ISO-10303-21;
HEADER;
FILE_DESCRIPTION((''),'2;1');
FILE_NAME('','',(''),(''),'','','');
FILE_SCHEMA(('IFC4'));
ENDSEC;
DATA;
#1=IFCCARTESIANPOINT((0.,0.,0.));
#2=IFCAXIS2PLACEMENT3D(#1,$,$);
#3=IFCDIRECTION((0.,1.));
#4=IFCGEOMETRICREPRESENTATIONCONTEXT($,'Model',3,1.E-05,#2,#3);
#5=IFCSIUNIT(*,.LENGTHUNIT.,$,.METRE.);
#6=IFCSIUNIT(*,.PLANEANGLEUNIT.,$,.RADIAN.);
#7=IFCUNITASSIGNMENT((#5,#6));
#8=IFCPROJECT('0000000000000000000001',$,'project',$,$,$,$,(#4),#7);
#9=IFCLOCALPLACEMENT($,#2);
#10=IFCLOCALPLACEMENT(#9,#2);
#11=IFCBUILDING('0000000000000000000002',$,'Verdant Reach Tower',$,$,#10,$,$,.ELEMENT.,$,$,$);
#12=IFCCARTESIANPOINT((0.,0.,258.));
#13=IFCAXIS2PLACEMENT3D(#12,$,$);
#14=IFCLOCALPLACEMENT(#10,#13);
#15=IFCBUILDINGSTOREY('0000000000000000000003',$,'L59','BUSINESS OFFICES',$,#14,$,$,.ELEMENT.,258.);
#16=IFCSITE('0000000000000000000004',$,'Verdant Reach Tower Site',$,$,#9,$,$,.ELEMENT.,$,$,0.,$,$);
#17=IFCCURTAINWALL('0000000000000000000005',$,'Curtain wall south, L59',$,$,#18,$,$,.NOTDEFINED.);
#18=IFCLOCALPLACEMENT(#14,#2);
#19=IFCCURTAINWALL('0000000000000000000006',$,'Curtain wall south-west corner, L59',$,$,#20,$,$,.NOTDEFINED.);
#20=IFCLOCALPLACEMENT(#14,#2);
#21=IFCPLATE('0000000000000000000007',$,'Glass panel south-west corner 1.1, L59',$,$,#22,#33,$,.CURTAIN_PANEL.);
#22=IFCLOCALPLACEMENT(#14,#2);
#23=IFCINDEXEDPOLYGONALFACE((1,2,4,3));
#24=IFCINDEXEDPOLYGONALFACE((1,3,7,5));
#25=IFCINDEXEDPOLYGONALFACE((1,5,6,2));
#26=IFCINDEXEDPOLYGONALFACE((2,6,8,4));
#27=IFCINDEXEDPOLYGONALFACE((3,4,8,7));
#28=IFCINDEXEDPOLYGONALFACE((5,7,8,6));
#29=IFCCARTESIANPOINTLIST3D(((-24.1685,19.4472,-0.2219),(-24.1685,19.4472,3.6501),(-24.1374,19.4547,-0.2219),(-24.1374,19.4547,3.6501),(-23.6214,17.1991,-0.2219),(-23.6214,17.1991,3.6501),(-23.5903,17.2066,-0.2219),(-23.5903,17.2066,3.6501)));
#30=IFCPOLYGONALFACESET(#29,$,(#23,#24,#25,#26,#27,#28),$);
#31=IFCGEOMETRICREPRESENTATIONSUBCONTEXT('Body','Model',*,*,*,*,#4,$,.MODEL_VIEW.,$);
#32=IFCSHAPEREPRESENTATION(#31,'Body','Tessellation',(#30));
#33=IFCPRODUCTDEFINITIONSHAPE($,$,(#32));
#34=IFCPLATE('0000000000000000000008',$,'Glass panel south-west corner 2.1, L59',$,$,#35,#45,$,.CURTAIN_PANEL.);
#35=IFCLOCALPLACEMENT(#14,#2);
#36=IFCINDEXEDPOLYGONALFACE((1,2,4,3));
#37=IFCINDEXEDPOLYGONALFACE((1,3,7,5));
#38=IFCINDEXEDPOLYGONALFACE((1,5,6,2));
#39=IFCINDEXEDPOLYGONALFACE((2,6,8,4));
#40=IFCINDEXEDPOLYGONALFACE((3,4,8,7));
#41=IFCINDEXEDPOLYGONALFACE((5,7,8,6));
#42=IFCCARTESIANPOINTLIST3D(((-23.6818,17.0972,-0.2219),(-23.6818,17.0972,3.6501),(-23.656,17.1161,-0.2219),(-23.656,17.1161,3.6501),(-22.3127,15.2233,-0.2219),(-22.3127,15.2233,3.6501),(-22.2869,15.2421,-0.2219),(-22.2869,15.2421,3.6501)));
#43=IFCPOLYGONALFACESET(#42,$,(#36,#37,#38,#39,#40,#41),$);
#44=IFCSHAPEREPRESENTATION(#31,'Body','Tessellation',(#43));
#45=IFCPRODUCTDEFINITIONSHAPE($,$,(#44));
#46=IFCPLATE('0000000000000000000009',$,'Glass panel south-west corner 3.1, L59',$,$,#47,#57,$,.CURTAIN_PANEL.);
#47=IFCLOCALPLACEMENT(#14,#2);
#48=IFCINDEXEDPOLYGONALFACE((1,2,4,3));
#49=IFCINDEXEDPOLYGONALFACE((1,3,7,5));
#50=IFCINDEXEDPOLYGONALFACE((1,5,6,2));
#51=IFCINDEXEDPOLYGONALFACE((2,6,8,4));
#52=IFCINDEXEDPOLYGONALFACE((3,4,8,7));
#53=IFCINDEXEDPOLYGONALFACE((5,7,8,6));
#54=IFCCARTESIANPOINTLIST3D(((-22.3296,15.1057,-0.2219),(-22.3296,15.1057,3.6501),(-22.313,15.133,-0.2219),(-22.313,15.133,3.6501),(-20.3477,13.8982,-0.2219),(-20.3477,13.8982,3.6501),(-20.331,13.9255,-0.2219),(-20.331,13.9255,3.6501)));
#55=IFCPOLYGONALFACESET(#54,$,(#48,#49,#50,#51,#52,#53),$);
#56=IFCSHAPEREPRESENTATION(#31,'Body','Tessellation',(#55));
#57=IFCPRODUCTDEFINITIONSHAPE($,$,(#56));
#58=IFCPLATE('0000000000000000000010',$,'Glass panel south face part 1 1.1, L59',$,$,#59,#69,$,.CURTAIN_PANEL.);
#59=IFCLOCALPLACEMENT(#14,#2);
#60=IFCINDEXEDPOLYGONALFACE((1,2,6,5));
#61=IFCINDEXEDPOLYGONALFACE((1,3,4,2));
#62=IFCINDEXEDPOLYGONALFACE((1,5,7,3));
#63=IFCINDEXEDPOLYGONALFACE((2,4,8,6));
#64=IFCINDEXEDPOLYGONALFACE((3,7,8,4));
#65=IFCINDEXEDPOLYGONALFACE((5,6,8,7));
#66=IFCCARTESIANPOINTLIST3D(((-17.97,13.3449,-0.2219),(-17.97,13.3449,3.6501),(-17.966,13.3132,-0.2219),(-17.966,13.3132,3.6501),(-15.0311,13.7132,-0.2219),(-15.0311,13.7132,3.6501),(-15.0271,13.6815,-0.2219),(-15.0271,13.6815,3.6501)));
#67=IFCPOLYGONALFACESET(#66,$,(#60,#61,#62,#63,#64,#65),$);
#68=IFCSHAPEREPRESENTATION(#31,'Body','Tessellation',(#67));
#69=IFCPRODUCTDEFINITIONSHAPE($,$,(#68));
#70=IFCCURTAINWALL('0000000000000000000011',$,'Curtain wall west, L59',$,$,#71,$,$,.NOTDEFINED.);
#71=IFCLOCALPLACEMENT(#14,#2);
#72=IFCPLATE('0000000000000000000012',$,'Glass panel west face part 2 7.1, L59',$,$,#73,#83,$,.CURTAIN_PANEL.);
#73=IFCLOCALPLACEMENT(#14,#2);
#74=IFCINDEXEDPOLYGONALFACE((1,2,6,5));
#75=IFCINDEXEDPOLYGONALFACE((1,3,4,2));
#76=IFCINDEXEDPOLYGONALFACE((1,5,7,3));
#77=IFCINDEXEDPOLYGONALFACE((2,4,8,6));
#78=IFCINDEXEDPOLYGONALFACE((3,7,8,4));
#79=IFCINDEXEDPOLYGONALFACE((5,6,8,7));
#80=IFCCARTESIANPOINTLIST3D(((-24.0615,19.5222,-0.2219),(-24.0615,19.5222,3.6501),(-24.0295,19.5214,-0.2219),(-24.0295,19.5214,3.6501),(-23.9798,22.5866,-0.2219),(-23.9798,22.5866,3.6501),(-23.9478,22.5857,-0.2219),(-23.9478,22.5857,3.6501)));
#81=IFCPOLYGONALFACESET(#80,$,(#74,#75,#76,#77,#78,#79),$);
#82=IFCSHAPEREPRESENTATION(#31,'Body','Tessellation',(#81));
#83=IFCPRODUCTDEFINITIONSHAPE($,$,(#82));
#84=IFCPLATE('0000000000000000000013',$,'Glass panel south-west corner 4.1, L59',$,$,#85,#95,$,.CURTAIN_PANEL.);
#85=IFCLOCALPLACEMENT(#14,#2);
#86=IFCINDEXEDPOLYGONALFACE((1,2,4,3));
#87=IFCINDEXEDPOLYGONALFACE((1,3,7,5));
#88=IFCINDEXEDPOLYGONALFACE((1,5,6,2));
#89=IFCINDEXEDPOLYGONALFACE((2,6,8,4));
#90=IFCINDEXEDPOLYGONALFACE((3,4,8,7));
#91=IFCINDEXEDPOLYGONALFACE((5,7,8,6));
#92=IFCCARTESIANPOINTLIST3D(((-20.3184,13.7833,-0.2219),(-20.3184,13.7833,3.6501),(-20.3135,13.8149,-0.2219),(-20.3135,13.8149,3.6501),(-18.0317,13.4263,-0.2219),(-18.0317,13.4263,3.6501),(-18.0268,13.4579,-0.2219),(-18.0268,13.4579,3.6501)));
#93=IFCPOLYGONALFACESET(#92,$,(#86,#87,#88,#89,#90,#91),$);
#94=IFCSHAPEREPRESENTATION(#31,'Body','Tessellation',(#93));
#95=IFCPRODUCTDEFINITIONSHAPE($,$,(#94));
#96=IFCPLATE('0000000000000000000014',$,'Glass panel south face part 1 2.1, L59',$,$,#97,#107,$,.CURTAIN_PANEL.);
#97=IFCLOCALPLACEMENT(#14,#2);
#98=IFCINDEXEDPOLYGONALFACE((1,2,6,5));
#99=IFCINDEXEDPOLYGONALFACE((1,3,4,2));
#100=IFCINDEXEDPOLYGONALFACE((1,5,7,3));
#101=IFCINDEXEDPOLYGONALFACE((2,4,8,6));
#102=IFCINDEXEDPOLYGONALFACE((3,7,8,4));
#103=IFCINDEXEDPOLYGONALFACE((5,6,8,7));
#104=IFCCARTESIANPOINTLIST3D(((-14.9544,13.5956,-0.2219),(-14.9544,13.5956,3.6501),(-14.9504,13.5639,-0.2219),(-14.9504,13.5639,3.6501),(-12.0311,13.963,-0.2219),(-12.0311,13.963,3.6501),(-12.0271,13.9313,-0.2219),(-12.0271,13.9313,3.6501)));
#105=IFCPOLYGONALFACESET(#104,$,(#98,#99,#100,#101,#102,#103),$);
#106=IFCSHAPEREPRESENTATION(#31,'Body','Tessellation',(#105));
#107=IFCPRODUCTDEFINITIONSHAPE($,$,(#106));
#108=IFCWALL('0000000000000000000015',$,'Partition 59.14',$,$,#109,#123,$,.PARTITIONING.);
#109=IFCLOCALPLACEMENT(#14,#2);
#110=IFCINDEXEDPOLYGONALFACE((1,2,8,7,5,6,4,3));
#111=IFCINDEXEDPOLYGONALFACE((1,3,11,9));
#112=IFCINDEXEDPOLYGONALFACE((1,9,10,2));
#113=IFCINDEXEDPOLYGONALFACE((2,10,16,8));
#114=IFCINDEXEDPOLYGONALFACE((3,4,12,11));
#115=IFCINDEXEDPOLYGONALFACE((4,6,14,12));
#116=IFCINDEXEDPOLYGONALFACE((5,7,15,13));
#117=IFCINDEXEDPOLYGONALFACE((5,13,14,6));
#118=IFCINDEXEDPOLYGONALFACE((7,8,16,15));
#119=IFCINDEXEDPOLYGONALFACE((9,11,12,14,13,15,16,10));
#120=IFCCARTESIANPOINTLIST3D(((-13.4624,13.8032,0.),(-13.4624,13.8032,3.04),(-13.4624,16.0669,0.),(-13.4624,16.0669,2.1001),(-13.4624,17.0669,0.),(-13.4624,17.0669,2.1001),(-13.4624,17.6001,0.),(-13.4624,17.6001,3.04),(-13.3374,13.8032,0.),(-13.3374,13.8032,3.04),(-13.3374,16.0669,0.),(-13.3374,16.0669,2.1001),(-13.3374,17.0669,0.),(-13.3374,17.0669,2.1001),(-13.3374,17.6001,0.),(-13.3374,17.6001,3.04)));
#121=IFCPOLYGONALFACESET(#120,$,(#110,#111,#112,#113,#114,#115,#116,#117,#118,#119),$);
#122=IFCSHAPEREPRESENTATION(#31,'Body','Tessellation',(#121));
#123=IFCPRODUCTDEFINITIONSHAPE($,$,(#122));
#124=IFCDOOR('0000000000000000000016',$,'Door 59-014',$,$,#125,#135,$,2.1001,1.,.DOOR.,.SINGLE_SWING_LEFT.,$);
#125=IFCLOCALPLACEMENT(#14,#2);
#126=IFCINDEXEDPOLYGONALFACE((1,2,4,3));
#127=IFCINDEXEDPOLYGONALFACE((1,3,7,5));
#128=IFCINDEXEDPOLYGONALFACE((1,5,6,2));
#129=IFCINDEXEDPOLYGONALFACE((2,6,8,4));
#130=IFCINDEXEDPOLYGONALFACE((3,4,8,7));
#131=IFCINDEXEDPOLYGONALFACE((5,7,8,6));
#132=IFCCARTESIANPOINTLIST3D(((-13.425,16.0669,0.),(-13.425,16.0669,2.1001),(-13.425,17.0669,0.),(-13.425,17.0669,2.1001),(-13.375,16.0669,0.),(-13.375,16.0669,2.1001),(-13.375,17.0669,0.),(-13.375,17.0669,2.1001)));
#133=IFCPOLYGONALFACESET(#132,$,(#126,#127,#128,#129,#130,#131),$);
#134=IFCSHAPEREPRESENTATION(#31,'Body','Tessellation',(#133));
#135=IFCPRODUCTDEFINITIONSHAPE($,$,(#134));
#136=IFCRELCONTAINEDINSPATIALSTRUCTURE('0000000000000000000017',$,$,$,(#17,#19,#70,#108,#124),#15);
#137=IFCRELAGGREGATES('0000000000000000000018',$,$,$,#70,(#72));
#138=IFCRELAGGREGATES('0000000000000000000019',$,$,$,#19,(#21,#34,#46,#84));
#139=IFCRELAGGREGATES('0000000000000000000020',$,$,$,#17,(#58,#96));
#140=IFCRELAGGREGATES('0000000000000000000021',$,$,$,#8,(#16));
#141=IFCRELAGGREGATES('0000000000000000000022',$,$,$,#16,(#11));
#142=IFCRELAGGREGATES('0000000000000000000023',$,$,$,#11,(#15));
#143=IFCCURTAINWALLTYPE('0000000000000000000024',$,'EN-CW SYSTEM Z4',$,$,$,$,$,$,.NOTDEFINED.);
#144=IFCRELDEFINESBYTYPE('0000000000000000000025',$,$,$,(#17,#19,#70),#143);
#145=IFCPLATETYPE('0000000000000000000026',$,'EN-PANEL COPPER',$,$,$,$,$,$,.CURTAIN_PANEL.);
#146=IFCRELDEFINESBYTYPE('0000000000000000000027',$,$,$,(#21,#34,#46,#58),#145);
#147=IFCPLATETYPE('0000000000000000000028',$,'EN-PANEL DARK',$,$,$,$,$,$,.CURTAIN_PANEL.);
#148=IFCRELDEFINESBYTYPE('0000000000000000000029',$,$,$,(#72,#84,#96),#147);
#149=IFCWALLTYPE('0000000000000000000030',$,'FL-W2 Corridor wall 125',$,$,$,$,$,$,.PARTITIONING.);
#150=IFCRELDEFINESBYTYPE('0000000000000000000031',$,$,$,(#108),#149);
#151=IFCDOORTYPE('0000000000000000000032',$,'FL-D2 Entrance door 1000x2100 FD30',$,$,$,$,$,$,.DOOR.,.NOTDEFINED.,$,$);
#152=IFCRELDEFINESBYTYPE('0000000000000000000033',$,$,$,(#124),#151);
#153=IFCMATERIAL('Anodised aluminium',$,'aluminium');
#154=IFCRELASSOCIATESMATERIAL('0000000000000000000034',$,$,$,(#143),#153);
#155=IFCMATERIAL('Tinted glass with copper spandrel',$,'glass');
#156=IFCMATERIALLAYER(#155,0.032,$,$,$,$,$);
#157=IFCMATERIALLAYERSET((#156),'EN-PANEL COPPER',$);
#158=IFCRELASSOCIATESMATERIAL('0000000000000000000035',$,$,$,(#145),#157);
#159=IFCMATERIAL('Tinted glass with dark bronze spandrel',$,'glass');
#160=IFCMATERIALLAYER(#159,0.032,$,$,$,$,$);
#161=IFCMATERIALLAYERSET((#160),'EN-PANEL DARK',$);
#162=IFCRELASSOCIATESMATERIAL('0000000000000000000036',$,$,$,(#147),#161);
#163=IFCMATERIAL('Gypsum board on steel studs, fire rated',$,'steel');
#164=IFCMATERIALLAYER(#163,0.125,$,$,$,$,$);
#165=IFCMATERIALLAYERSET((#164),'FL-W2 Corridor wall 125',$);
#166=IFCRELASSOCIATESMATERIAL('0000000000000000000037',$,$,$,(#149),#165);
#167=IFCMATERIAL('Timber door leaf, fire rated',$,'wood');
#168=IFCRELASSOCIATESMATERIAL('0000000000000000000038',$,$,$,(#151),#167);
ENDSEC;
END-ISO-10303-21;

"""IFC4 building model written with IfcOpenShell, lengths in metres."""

from ifc_helpers import new_model, si_unit, direction, frame, frame_2d, origin, origin_2d, place, context, subcontext, project, spatial, rectangle, extrude, material, layer, layer_set, type_object, element, fill, aggregate, save


model = new_model("IFC4")

# Units and contexts
model_context = context("Model", 3, precision=1e-05, world=origin(), true_north=direction((0.0, 1.0)))
body_context = subcontext(model_context, "Body", "Model", "MODEL_VIEW")
ifc_project = project(units=[si_unit("LENGTHUNIT", "METRE"), si_unit("PLANEANGLEUNIT", "RADIAN")], contexts=[model_context])

# Site, building, storey
site_placement = place(None, origin())
site = spatial("IfcSite", under=ifc_project, at=site_placement, Name="Verdant Reach Tower Site", CompositionType="ELEMENT", RefElevation=0.0)
building_placement = place(site_placement, origin())
building = spatial("IfcBuilding", under=site, at=building_placement, Name="Verdant Reach Tower", CompositionType="ELEMENT")
storey_placement = place(building_placement, frame((0.0, 0.0, 258.0)))
storey = spatial("IfcBuildingStorey", under=building, at=storey_placement, Name="L59", Description="BUSINESS OFFICES", CompositionType="ELEMENT", Elevation=258.0)

# Curtain wall
ifc_material_1 = material(Name="Anodised aluminium", Category="aluminium")
curtain_wall_type = type_object("IfcCurtainWallType", Name="EN-CW SYSTEM Z4", PredefinedType="NOTDEFINED", material=ifc_material_1)
curtain_wall_1_placement = place(storey_placement, origin())
curtain_wall_1 = element("IfcCurtainWall", 1, at=curtain_wall_1_placement, inside=storey, type_object=curtain_wall_type, Name="Curtain wall south, L59", PredefinedType="NOTDEFINED")

# Curtain wall, plates
curtain_wall_2_placement = place(storey_placement, origin())
curtain_wall_2 = element("IfcCurtainWall", 2, at=curtain_wall_2_placement, inside=storey, type_object=curtain_wall_type, Name="Curtain wall south-west corner, L59", PredefinedType="NOTDEFINED")
ifc_material_2 = material(Name="Tinted glass with copper spandrel", Category="glass")
ifc_layer_1 = layer(ifc_material_2, 0.032)
ifc_layer_set_1 = layer_set([ifc_layer_1], Name="EN-PANEL COPPER")
plate_type_1 = type_object("IfcPlateType", Name="EN-PANEL COPPER", PredefinedType="CURTAIN_PANEL", material=ifc_layer_set_1)
plate_1_placement = place(storey_placement, frame((-23.8794, 18.3269, -0.2219), z_axis=(0.0, 0.0, 1.0), x_axis=(0.236459, -0.971642, 0.0)))
plate_1 = element("IfcPlate", 3, at=plate_1_placement, type_object=plate_type_1, Name="Glass panel south-west corner 1.1, L59", PredefinedType="CURTAIN_PANEL", context=body_context, shape_type="SweptSolid", body=[
    extrude(rectangle(XDim=2.3137, YDim=0.032, at=origin_2d()), origin(), (0.0, 0.0, 1.0), 3.8721),
])
plate_2_placement = place(storey_placement, frame((-22.9844, 16.1697, -0.2219), z_axis=(0.0, 0.0, 1.0), x_axis=(0.589927, -0.807457, 0.0)))
plate_2 = element("IfcPlate", 4, at=plate_2_placement, type_object=plate_type_1, Name="Glass panel south-west corner 2.1, L59", PredefinedType="CURTAIN_PANEL", context=body_context, shape_type="SweptSolid", body=[
    extrude(rectangle(XDim=2.3208, YDim=0.032, at=origin_2d()), origin(), (0.0, 0.0, 1.0), 3.8721),
])
plate_3_placement = place(storey_placement, frame((-21.3303, 14.5156, -0.2219), z_axis=(0.0, 0.0, 1.0), x_axis=(0.853989, -0.520292, 0.0)))
plate_3 = element("IfcPlate", 5, at=plate_3_placement, type_object=plate_type_1, Name="Glass panel south-west corner 3.1, L59", PredefinedType="CURTAIN_PANEL", context=body_context, shape_type="SweptSolid", body=[
    extrude(rectangle(XDim=2.3208, YDim=0.032, at=origin_2d()), origin(), (0.0, 0.0, 1.0), 3.8721),
])

# Plate
plate_4_placement = place(storey_placement, frame((-16.4985, 13.5132, -0.2219), z_axis=(0.0, 0.0, 1.0), x_axis=(0.992239, 0.124346, 0.0)))
plate_4 = element("IfcPlate", 6, at=plate_4_placement, type_object=plate_type_1, Name="Glass panel south face part 1 1.1, L59", PredefinedType="CURTAIN_PANEL", context=body_context, shape_type="SweptSolid", body=[
    extrude(rectangle(XDim=2.9619, YDim=0.032, at=origin_2d()), origin(), (0.0, 0.0, 1.0), 3.8721),
])

# Curtain wall, plate
curtain_wall_3_placement = place(storey_placement, origin())
curtain_wall_3 = element("IfcCurtainWall", 7, at=curtain_wall_3_placement, inside=storey, type_object=curtain_wall_type, Name="Curtain wall west, L59", PredefinedType="NOTDEFINED")
ifc_material_3 = material(Name="Tinted glass with dark bronze spandrel", Category="glass")
ifc_layer_2 = layer(ifc_material_3, 0.032)
ifc_layer_set_2 = layer_set([ifc_layer_2], Name="EN-PANEL DARK")
plate_type_2 = type_object("IfcPlateType", Name="EN-PANEL DARK", PredefinedType="CURTAIN_PANEL", material=ifc_layer_set_2)
plate_5_placement = place(storey_placement, frame((-24.0046, 21.054, -0.2219), z_axis=(0.0, 0.0, 1.0), x_axis=(-0.026651, -0.999645, 0.0)))
plate_5 = element("IfcPlate", 8, at=plate_5_placement, type_object=plate_type_2, Name="Glass panel west face part 2 7.1, L59", PredefinedType="CURTAIN_PANEL", context=body_context, shape_type="SweptSolid", body=[
    extrude(rectangle(XDim=3.0654, YDim=0.032, at=origin_2d()), origin(), (0.0, 0.0, 1.0), 3.8721),
])
aggregate(curtain_wall_3, [plate_5])

# Plates
plate_6_placement = place(storey_placement, frame((-19.1726, 13.6206, -0.2219), z_axis=(0.0, 0.0, 1.0), x_axis=(0.988027, -0.154279, 0.0)))
plate_6 = element("IfcPlate", 9, at=plate_6_placement, type_object=plate_type_2, Name="Glass panel south-west corner 4.1, L59", PredefinedType="CURTAIN_PANEL", context=body_context, shape_type="SweptSolid", body=[
    extrude(rectangle(XDim=2.3145, YDim=0.032, at=origin_2d()), origin(), (0.0, 0.0, 1.0), 3.8721),
])
aggregate(curtain_wall_2, [plate_1, plate_2, plate_3, plate_6])
plate_7_placement = place(storey_placement, frame((-13.4907, 13.7634, -0.2219), z_axis=(0.0, 0.0, 1.0), x_axis=(0.992194, 0.124704, 0.0)))
plate_7 = element("IfcPlate", 10, at=plate_7_placement, type_object=plate_type_2, Name="Glass panel south face part 1 2.1, L59", PredefinedType="CURTAIN_PANEL", context=body_context, shape_type="SweptSolid", body=[
    extrude(rectangle(XDim=2.9463, YDim=0.032, at=origin_2d()), origin(), (0.0, 0.0, 1.0), 3.8721),
])
aggregate(curtain_wall_1, [plate_4, plate_7])

# Wall, opening, door
ifc_material_4 = material(Name="Gypsum board on steel studs, fire rated", Category="steel")
ifc_layer_3 = layer(ifc_material_4, 0.125)
ifc_layer_set_3 = layer_set([ifc_layer_3], Name="FL-W2 Corridor wall 125")
wall_type = type_object("IfcWallType", Name="FL-W2 Corridor wall 125", PredefinedType="PARTITIONING", material=ifc_layer_set_3)
ifc_material_5 = material(Name="Timber door leaf, fire rated", Category="wood")
door_type = type_object("IfcDoorType", Name="FL-D2 Entrance door 1000x2100 FD30", OperationType="NOTDEFINED", PredefinedType="DOOR", material=ifc_material_5)
wall_1_placement = place(storey_placement, frame((-13.3999, 17.6001, 0.0), z_axis=(0.0, 0.0, 1.0), x_axis=(0.0, -1.0, 0.0)))
wall_1 = element("IfcWall", 11, at=wall_1_placement, inside=storey, type_object=wall_type, Name="Partition 59.14", PredefinedType="PARTITIONING", context=body_context, shape_type="SweptSolid", body=[
    extrude(rectangle(XDim=3.7969, YDim=0.125, at=frame_2d((1.8984, 0.0))), origin(), (0.0, 0.0, 1.0), 3.04),
])
opening_1_placement = place(wall_1_placement, frame((0.5332, 0.0, 0.0)))
opening_1 = element("IfcOpeningElement", 12, at=opening_1_placement, cuts=wall_1, PredefinedType="OPENING", context=body_context, shape_type="SweptSolid", body=[
    extrude(rectangle(XDim=1.0, YDim=2.1001, at=frame_2d((0.5, 1.05))), frame((0.0, 0.0725, 0.0), z_axis=(0.0, -1.0, 0.0), x_axis=(1.0, 0.0, 0.0)), (0.0, 0.0, 1.0), 0.145),
])
door_1_placement = place(opening_1_placement, origin())
door_1 = element("IfcDoor", 13, at=door_1_placement, inside=storey, type_object=door_type, Name="Door 59-014", OperationType="SINGLE_SWING_LEFT", OverallHeight=2.1001, OverallWidth=1.0, PredefinedType="DOOR", context=body_context, shape_type="SweptSolid", body=[
    extrude(rectangle(XDim=1.0, YDim=2.1001, at=frame_2d((0.5, 1.05))), frame((0.0, 0.0249, 0.0), z_axis=(0.0, -1.0, 0.0), x_axis=(1.0, 0.0, 0.0)), (0.0, 0.0, 1.0), 0.05),
])
fill(opening_1, door_1)

save(model, "model.ifc")
